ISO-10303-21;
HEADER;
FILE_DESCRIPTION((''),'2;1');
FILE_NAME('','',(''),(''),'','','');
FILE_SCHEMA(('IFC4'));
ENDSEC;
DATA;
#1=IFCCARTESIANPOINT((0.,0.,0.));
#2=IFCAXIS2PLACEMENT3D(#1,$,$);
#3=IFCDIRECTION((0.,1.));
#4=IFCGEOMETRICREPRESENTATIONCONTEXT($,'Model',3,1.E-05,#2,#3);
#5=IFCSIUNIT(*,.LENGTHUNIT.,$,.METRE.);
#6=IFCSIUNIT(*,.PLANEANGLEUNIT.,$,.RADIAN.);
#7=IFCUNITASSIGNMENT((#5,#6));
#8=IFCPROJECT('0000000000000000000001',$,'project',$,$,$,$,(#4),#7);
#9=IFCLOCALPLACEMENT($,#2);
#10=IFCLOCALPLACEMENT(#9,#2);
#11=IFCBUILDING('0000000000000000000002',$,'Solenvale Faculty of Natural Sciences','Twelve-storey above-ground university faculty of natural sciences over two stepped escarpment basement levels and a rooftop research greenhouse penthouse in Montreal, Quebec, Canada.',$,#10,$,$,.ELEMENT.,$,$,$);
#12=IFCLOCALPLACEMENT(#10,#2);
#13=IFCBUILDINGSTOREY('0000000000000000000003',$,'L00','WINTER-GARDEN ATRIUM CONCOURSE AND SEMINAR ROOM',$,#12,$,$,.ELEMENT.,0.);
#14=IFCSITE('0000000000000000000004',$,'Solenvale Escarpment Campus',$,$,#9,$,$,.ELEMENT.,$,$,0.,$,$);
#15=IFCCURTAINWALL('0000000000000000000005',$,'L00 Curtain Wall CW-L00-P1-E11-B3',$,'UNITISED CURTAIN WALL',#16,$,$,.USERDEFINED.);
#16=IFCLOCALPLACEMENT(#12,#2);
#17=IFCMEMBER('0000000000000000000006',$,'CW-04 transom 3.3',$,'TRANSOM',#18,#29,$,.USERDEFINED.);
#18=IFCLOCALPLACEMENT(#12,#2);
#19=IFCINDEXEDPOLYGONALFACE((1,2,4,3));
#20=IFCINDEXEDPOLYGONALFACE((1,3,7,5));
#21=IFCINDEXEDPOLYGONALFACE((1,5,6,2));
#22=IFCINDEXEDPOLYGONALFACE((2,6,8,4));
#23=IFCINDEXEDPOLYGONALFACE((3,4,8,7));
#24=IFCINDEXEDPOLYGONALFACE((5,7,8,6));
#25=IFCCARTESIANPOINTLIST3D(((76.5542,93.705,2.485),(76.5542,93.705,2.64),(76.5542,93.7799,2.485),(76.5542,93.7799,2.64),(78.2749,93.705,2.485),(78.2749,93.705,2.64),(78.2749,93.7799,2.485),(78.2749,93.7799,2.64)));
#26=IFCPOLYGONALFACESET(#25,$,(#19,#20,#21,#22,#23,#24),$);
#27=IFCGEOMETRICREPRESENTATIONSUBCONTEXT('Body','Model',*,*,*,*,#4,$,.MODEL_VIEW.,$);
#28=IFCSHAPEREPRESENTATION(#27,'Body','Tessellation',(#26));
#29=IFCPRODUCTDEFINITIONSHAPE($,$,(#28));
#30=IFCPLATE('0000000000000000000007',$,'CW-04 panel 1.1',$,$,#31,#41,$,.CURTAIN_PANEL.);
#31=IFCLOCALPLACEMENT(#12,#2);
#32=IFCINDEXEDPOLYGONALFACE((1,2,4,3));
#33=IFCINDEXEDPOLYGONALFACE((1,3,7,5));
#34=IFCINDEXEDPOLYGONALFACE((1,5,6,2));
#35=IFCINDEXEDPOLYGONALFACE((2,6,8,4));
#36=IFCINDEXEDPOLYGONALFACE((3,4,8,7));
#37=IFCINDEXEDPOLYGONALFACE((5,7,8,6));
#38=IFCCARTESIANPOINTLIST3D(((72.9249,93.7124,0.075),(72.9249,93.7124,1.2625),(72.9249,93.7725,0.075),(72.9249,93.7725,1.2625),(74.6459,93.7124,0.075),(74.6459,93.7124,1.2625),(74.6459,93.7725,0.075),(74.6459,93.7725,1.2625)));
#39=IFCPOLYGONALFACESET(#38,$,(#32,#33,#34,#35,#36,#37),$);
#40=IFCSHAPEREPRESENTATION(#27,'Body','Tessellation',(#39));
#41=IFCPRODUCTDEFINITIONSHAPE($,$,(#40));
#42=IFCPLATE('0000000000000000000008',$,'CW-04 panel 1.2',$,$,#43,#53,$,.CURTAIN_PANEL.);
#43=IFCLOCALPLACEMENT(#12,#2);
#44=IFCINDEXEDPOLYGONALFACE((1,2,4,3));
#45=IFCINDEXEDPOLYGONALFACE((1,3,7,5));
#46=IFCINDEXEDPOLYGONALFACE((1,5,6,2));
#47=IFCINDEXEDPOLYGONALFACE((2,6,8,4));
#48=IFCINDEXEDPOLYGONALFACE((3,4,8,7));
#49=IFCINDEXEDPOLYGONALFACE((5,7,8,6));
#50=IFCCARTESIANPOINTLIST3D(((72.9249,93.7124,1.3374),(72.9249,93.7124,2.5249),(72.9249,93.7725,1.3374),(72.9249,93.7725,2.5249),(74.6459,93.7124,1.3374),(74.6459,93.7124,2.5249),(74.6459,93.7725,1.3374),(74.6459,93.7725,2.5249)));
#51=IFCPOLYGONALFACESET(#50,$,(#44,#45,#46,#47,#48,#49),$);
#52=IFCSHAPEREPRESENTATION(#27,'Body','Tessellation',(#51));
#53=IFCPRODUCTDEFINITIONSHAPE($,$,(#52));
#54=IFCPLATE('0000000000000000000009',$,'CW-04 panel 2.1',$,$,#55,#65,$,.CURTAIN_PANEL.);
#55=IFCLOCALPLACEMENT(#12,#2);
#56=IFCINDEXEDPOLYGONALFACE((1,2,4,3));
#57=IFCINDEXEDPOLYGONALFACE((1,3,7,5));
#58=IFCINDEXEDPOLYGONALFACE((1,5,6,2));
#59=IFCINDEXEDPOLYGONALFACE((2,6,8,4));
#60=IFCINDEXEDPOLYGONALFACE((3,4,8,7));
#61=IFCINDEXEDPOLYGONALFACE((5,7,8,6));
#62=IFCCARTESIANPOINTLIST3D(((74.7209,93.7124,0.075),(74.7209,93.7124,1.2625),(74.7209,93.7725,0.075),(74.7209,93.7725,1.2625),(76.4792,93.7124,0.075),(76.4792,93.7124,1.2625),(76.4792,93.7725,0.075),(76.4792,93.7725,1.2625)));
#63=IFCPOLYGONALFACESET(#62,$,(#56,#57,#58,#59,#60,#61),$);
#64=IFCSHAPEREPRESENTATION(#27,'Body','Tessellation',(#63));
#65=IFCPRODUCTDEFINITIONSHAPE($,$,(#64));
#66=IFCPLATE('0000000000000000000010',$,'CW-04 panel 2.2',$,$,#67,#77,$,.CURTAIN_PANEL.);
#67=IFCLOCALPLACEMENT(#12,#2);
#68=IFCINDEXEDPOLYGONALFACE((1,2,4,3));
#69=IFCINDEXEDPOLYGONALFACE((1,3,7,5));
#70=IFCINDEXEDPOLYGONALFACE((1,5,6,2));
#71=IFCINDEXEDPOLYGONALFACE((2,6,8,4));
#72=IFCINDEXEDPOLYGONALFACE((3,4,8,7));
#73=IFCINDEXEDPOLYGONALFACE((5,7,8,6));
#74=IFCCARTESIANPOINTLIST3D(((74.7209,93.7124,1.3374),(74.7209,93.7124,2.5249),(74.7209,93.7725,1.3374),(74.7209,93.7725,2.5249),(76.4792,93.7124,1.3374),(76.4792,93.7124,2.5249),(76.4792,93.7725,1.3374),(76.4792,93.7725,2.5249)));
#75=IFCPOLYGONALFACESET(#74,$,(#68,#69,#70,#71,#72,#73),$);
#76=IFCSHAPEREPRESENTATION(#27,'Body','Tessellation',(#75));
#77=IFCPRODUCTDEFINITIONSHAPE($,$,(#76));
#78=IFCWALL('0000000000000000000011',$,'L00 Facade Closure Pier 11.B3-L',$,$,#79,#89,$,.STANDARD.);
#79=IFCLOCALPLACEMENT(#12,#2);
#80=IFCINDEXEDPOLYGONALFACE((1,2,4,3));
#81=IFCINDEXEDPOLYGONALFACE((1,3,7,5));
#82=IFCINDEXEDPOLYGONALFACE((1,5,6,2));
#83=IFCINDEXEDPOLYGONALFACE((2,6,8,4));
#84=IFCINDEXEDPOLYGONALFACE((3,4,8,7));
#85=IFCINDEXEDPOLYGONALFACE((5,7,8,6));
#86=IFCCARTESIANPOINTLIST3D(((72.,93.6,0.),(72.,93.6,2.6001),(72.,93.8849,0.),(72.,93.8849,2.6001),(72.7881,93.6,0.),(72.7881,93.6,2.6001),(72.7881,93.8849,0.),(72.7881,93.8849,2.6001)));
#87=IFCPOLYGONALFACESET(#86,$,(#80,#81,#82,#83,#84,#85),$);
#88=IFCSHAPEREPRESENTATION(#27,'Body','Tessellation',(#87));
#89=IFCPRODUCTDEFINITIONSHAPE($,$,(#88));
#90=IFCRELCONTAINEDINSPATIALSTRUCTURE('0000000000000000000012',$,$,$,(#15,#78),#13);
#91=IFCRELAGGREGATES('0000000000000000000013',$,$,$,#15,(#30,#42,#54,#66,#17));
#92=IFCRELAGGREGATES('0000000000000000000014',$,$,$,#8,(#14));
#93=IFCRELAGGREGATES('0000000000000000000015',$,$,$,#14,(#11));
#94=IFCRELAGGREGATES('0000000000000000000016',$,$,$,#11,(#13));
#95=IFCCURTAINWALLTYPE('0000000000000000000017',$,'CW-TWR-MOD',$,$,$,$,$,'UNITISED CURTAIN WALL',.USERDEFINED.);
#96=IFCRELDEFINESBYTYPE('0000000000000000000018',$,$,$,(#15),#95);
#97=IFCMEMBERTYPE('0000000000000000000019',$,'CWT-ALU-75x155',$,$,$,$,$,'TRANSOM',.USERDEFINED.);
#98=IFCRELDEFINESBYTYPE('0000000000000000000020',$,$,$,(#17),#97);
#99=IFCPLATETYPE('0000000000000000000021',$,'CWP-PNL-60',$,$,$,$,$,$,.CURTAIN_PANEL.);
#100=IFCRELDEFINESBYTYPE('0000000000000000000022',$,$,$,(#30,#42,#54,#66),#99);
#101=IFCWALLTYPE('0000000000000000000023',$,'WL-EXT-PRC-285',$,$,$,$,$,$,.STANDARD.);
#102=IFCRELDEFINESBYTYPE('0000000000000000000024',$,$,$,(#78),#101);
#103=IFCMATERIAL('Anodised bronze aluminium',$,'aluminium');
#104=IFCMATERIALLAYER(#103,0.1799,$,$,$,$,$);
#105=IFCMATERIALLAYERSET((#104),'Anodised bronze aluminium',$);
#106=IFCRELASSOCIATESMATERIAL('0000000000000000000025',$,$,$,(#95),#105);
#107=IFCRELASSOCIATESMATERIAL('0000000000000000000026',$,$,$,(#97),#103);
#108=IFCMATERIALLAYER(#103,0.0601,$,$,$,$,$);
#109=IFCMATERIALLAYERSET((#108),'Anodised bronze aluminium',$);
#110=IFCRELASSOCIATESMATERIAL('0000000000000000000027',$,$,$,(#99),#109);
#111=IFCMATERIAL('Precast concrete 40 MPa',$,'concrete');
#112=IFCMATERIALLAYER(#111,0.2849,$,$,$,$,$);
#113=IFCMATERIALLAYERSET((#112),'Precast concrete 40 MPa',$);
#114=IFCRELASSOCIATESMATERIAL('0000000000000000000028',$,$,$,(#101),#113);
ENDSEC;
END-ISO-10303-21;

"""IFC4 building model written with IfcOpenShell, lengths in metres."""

from ifc_helpers import new_model, si_unit, direction, frame, frame_2d, origin, origin_2d, place, context, subcontext, project, spatial, rectangle, extrude, material, layer, layer_set, material_profile, profile_set, type_object, element, aggregate, save


model = new_model("IFC4")

# Units and contexts
model_context = context("Model", 3, precision=1e-05, world=origin(), true_north=direction((0.0, 1.0)))
body_context = subcontext(model_context, "Body", "Model", "MODEL_VIEW")
ifc_project = project(units=[si_unit("LENGTHUNIT", "METRE"), si_unit("PLANEANGLEUNIT", "RADIAN")], contexts=[model_context])

# Site, building, storey
site_placement = place(None, origin())
site = spatial("IfcSite", under=ifc_project, at=site_placement, Name="Solenvale Escarpment Campus", CompositionType="ELEMENT", RefElevation=0.0)
building_placement = place(site_placement, origin())
building = spatial("IfcBuilding", under=site, at=building_placement, Name="Solenvale Faculty of Natural Sciences", Description="Twelve-storey above-ground university faculty of natural sciences over two stepped escarpment basement levels and a rooftop research greenhouse penthouse in Montreal, Quebec, Canada.", CompositionType="ELEMENT")
storey_placement = place(building_placement, origin())
storey = spatial("IfcBuildingStorey", under=building, at=storey_placement, Name="L00", Description="WINTER-GARDEN ATRIUM CONCOURSE AND SEMINAR ROOM", CompositionType="ELEMENT", Elevation=0.0)

# Curtain wall, member, plates
ifc_material_1 = material(Name="Anodised bronze aluminium", Category="aluminium")
ifc_layer_1 = layer(ifc_material_1, 0.1799)
ifc_layer_set_1 = layer_set([ifc_layer_1], Name="Anodised bronze aluminium")
curtain_wall_type = type_object("IfcCurtainWallType", Name="CW-TWR-MOD", ElementType="UNITISED CURTAIN WALL", PredefinedType="USERDEFINED", material=ifc_layer_set_1)
curtain_wall_placement = place(storey_placement, origin())
curtain_wall = element("IfcCurtainWall", 1, at=curtain_wall_placement, inside=storey, type_object=curtain_wall_type, Name="L00 Curtain Wall CW-L00-P1-E11-B3", ObjectType="UNITISED CURTAIN WALL", PredefinedType="USERDEFINED")
ifc_material_profile_1 = material_profile(ifc_material_1, rectangle(XDim=0.075, YDim=0.155, at=origin_2d()), Name="ALU-TRN-75x155")
ifc_profile_set_1 = profile_set([ifc_material_profile_1], Name="Anodised bronze aluminium")
member_type_1 = type_object("IfcMemberType", Name="CWT-ALU-75x155", ElementType="TRANSOM", PredefinedType="USERDEFINED", material=ifc_profile_set_1)
member_1_placement = place(storey_placement, frame((76.5542, 93.7424, 2.5625), z_axis=(1.0, 0.0, 0.0), x_axis=(0.0, 1.0, 0.0)))
member_1 = element("IfcMember", 2, at=member_1_placement, type_object=member_type_1, Name="CW-04 transom 3.3", ObjectType="TRANSOM", PredefinedType="USERDEFINED", context=body_context, shape_type="SweptSolid", body=[
    extrude(rectangle(XDim=0.075, YDim=0.155, at=origin_2d()), origin(), (0.0, 0.0, 1.0), 1.7207),
])
ifc_layer_2 = layer(ifc_material_1, 0.0601)
ifc_layer_set_2 = layer_set([ifc_layer_2], Name="Anodised bronze aluminium")
plate_type = type_object("IfcPlateType", Name="CWP-PNL-60", PredefinedType="CURTAIN_PANEL", material=ifc_layer_set_2)
plate_1_placement = place(storey_placement, frame((73.7854, 93.7424, 0.075), z_axis=(0.0, 0.0, 1.0), x_axis=(1.0, 0.0, 0.0)))
plate_1 = element("IfcPlate", 3, at=plate_1_placement, type_object=plate_type, Name="CW-04 panel 1.1", PredefinedType="CURTAIN_PANEL", context=body_context, shape_type="SweptSolid", body=[
    extrude(rectangle(XDim=1.7209, YDim=0.0601, at=origin_2d()), origin(), (0.0, 0.0, 1.0), 1.1875),
])
plate_2_placement = place(storey_placement, frame((73.7854, 93.7424, 1.3374), z_axis=(0.0, 0.0, 1.0), x_axis=(1.0, 0.0, 0.0)))
plate_2 = element("IfcPlate", 4, at=plate_2_placement, type_object=plate_type, Name="CW-04 panel 1.2", PredefinedType="CURTAIN_PANEL", context=body_context, shape_type="SweptSolid", body=[
    extrude(rectangle(XDim=1.7209, YDim=0.0601, at=origin_2d()), origin(), (0.0, 0.0, 1.0), 1.1875),
])
plate_3_placement = place(storey_placement, frame((75.6001, 93.7424, 0.075), z_axis=(0.0, 0.0, 1.0), x_axis=(1.0, 0.0, 0.0)))
plate_3 = element("IfcPlate", 5, at=plate_3_placement, type_object=plate_type, Name="CW-04 panel 2.1", PredefinedType="CURTAIN_PANEL", context=body_context, shape_type="SweptSolid", body=[
    extrude(rectangle(XDim=1.7583, YDim=0.0601, at=origin_2d()), origin(), (0.0, 0.0, 1.0), 1.1875),
])
plate_4_placement = place(storey_placement, frame((75.6001, 93.7424, 1.3374), z_axis=(0.0, 0.0, 1.0), x_axis=(1.0, 0.0, 0.0)))
plate_4 = element("IfcPlate", 6, at=plate_4_placement, type_object=plate_type, Name="CW-04 panel 2.2", PredefinedType="CURTAIN_PANEL", context=body_context, shape_type="SweptSolid", body=[
    extrude(rectangle(XDim=1.7583, YDim=0.0601, at=origin_2d()), origin(), (0.0, 0.0, 1.0), 1.1875),
])
aggregate(curtain_wall, [plate_1, plate_2, plate_3, plate_4, member_1])

# Wall
ifc_material_2 = material(Name="Precast concrete 40 MPa", Category="concrete")
ifc_layer_3 = layer(ifc_material_2, 0.2849)
ifc_layer_set_3 = layer_set([ifc_layer_3], Name="Precast concrete 40 MPa")
wall_type = type_object("IfcWallType", Name="WL-EXT-PRC-285", PredefinedType="STANDARD", material=ifc_layer_set_3)
wall_placement = place(storey_placement, frame((72.0, 93.7424, 0.0), z_axis=(0.0, 0.0, 1.0), x_axis=(1.0, 0.0, 0.0)))
element("IfcWall", 7, at=wall_placement, inside=storey, type_object=wall_type, Name="L00 Facade Closure Pier 11.B3-L", PredefinedType="STANDARD", context=body_context, shape_type="SweptSolid", body=[
    extrude(rectangle(XDim=0.7881, YDim=0.2849, at=frame_2d((0.394, 0.0))), origin(), (0.0, 0.0, 1.0), 2.6001),
])

save(model, "model.ifc")
